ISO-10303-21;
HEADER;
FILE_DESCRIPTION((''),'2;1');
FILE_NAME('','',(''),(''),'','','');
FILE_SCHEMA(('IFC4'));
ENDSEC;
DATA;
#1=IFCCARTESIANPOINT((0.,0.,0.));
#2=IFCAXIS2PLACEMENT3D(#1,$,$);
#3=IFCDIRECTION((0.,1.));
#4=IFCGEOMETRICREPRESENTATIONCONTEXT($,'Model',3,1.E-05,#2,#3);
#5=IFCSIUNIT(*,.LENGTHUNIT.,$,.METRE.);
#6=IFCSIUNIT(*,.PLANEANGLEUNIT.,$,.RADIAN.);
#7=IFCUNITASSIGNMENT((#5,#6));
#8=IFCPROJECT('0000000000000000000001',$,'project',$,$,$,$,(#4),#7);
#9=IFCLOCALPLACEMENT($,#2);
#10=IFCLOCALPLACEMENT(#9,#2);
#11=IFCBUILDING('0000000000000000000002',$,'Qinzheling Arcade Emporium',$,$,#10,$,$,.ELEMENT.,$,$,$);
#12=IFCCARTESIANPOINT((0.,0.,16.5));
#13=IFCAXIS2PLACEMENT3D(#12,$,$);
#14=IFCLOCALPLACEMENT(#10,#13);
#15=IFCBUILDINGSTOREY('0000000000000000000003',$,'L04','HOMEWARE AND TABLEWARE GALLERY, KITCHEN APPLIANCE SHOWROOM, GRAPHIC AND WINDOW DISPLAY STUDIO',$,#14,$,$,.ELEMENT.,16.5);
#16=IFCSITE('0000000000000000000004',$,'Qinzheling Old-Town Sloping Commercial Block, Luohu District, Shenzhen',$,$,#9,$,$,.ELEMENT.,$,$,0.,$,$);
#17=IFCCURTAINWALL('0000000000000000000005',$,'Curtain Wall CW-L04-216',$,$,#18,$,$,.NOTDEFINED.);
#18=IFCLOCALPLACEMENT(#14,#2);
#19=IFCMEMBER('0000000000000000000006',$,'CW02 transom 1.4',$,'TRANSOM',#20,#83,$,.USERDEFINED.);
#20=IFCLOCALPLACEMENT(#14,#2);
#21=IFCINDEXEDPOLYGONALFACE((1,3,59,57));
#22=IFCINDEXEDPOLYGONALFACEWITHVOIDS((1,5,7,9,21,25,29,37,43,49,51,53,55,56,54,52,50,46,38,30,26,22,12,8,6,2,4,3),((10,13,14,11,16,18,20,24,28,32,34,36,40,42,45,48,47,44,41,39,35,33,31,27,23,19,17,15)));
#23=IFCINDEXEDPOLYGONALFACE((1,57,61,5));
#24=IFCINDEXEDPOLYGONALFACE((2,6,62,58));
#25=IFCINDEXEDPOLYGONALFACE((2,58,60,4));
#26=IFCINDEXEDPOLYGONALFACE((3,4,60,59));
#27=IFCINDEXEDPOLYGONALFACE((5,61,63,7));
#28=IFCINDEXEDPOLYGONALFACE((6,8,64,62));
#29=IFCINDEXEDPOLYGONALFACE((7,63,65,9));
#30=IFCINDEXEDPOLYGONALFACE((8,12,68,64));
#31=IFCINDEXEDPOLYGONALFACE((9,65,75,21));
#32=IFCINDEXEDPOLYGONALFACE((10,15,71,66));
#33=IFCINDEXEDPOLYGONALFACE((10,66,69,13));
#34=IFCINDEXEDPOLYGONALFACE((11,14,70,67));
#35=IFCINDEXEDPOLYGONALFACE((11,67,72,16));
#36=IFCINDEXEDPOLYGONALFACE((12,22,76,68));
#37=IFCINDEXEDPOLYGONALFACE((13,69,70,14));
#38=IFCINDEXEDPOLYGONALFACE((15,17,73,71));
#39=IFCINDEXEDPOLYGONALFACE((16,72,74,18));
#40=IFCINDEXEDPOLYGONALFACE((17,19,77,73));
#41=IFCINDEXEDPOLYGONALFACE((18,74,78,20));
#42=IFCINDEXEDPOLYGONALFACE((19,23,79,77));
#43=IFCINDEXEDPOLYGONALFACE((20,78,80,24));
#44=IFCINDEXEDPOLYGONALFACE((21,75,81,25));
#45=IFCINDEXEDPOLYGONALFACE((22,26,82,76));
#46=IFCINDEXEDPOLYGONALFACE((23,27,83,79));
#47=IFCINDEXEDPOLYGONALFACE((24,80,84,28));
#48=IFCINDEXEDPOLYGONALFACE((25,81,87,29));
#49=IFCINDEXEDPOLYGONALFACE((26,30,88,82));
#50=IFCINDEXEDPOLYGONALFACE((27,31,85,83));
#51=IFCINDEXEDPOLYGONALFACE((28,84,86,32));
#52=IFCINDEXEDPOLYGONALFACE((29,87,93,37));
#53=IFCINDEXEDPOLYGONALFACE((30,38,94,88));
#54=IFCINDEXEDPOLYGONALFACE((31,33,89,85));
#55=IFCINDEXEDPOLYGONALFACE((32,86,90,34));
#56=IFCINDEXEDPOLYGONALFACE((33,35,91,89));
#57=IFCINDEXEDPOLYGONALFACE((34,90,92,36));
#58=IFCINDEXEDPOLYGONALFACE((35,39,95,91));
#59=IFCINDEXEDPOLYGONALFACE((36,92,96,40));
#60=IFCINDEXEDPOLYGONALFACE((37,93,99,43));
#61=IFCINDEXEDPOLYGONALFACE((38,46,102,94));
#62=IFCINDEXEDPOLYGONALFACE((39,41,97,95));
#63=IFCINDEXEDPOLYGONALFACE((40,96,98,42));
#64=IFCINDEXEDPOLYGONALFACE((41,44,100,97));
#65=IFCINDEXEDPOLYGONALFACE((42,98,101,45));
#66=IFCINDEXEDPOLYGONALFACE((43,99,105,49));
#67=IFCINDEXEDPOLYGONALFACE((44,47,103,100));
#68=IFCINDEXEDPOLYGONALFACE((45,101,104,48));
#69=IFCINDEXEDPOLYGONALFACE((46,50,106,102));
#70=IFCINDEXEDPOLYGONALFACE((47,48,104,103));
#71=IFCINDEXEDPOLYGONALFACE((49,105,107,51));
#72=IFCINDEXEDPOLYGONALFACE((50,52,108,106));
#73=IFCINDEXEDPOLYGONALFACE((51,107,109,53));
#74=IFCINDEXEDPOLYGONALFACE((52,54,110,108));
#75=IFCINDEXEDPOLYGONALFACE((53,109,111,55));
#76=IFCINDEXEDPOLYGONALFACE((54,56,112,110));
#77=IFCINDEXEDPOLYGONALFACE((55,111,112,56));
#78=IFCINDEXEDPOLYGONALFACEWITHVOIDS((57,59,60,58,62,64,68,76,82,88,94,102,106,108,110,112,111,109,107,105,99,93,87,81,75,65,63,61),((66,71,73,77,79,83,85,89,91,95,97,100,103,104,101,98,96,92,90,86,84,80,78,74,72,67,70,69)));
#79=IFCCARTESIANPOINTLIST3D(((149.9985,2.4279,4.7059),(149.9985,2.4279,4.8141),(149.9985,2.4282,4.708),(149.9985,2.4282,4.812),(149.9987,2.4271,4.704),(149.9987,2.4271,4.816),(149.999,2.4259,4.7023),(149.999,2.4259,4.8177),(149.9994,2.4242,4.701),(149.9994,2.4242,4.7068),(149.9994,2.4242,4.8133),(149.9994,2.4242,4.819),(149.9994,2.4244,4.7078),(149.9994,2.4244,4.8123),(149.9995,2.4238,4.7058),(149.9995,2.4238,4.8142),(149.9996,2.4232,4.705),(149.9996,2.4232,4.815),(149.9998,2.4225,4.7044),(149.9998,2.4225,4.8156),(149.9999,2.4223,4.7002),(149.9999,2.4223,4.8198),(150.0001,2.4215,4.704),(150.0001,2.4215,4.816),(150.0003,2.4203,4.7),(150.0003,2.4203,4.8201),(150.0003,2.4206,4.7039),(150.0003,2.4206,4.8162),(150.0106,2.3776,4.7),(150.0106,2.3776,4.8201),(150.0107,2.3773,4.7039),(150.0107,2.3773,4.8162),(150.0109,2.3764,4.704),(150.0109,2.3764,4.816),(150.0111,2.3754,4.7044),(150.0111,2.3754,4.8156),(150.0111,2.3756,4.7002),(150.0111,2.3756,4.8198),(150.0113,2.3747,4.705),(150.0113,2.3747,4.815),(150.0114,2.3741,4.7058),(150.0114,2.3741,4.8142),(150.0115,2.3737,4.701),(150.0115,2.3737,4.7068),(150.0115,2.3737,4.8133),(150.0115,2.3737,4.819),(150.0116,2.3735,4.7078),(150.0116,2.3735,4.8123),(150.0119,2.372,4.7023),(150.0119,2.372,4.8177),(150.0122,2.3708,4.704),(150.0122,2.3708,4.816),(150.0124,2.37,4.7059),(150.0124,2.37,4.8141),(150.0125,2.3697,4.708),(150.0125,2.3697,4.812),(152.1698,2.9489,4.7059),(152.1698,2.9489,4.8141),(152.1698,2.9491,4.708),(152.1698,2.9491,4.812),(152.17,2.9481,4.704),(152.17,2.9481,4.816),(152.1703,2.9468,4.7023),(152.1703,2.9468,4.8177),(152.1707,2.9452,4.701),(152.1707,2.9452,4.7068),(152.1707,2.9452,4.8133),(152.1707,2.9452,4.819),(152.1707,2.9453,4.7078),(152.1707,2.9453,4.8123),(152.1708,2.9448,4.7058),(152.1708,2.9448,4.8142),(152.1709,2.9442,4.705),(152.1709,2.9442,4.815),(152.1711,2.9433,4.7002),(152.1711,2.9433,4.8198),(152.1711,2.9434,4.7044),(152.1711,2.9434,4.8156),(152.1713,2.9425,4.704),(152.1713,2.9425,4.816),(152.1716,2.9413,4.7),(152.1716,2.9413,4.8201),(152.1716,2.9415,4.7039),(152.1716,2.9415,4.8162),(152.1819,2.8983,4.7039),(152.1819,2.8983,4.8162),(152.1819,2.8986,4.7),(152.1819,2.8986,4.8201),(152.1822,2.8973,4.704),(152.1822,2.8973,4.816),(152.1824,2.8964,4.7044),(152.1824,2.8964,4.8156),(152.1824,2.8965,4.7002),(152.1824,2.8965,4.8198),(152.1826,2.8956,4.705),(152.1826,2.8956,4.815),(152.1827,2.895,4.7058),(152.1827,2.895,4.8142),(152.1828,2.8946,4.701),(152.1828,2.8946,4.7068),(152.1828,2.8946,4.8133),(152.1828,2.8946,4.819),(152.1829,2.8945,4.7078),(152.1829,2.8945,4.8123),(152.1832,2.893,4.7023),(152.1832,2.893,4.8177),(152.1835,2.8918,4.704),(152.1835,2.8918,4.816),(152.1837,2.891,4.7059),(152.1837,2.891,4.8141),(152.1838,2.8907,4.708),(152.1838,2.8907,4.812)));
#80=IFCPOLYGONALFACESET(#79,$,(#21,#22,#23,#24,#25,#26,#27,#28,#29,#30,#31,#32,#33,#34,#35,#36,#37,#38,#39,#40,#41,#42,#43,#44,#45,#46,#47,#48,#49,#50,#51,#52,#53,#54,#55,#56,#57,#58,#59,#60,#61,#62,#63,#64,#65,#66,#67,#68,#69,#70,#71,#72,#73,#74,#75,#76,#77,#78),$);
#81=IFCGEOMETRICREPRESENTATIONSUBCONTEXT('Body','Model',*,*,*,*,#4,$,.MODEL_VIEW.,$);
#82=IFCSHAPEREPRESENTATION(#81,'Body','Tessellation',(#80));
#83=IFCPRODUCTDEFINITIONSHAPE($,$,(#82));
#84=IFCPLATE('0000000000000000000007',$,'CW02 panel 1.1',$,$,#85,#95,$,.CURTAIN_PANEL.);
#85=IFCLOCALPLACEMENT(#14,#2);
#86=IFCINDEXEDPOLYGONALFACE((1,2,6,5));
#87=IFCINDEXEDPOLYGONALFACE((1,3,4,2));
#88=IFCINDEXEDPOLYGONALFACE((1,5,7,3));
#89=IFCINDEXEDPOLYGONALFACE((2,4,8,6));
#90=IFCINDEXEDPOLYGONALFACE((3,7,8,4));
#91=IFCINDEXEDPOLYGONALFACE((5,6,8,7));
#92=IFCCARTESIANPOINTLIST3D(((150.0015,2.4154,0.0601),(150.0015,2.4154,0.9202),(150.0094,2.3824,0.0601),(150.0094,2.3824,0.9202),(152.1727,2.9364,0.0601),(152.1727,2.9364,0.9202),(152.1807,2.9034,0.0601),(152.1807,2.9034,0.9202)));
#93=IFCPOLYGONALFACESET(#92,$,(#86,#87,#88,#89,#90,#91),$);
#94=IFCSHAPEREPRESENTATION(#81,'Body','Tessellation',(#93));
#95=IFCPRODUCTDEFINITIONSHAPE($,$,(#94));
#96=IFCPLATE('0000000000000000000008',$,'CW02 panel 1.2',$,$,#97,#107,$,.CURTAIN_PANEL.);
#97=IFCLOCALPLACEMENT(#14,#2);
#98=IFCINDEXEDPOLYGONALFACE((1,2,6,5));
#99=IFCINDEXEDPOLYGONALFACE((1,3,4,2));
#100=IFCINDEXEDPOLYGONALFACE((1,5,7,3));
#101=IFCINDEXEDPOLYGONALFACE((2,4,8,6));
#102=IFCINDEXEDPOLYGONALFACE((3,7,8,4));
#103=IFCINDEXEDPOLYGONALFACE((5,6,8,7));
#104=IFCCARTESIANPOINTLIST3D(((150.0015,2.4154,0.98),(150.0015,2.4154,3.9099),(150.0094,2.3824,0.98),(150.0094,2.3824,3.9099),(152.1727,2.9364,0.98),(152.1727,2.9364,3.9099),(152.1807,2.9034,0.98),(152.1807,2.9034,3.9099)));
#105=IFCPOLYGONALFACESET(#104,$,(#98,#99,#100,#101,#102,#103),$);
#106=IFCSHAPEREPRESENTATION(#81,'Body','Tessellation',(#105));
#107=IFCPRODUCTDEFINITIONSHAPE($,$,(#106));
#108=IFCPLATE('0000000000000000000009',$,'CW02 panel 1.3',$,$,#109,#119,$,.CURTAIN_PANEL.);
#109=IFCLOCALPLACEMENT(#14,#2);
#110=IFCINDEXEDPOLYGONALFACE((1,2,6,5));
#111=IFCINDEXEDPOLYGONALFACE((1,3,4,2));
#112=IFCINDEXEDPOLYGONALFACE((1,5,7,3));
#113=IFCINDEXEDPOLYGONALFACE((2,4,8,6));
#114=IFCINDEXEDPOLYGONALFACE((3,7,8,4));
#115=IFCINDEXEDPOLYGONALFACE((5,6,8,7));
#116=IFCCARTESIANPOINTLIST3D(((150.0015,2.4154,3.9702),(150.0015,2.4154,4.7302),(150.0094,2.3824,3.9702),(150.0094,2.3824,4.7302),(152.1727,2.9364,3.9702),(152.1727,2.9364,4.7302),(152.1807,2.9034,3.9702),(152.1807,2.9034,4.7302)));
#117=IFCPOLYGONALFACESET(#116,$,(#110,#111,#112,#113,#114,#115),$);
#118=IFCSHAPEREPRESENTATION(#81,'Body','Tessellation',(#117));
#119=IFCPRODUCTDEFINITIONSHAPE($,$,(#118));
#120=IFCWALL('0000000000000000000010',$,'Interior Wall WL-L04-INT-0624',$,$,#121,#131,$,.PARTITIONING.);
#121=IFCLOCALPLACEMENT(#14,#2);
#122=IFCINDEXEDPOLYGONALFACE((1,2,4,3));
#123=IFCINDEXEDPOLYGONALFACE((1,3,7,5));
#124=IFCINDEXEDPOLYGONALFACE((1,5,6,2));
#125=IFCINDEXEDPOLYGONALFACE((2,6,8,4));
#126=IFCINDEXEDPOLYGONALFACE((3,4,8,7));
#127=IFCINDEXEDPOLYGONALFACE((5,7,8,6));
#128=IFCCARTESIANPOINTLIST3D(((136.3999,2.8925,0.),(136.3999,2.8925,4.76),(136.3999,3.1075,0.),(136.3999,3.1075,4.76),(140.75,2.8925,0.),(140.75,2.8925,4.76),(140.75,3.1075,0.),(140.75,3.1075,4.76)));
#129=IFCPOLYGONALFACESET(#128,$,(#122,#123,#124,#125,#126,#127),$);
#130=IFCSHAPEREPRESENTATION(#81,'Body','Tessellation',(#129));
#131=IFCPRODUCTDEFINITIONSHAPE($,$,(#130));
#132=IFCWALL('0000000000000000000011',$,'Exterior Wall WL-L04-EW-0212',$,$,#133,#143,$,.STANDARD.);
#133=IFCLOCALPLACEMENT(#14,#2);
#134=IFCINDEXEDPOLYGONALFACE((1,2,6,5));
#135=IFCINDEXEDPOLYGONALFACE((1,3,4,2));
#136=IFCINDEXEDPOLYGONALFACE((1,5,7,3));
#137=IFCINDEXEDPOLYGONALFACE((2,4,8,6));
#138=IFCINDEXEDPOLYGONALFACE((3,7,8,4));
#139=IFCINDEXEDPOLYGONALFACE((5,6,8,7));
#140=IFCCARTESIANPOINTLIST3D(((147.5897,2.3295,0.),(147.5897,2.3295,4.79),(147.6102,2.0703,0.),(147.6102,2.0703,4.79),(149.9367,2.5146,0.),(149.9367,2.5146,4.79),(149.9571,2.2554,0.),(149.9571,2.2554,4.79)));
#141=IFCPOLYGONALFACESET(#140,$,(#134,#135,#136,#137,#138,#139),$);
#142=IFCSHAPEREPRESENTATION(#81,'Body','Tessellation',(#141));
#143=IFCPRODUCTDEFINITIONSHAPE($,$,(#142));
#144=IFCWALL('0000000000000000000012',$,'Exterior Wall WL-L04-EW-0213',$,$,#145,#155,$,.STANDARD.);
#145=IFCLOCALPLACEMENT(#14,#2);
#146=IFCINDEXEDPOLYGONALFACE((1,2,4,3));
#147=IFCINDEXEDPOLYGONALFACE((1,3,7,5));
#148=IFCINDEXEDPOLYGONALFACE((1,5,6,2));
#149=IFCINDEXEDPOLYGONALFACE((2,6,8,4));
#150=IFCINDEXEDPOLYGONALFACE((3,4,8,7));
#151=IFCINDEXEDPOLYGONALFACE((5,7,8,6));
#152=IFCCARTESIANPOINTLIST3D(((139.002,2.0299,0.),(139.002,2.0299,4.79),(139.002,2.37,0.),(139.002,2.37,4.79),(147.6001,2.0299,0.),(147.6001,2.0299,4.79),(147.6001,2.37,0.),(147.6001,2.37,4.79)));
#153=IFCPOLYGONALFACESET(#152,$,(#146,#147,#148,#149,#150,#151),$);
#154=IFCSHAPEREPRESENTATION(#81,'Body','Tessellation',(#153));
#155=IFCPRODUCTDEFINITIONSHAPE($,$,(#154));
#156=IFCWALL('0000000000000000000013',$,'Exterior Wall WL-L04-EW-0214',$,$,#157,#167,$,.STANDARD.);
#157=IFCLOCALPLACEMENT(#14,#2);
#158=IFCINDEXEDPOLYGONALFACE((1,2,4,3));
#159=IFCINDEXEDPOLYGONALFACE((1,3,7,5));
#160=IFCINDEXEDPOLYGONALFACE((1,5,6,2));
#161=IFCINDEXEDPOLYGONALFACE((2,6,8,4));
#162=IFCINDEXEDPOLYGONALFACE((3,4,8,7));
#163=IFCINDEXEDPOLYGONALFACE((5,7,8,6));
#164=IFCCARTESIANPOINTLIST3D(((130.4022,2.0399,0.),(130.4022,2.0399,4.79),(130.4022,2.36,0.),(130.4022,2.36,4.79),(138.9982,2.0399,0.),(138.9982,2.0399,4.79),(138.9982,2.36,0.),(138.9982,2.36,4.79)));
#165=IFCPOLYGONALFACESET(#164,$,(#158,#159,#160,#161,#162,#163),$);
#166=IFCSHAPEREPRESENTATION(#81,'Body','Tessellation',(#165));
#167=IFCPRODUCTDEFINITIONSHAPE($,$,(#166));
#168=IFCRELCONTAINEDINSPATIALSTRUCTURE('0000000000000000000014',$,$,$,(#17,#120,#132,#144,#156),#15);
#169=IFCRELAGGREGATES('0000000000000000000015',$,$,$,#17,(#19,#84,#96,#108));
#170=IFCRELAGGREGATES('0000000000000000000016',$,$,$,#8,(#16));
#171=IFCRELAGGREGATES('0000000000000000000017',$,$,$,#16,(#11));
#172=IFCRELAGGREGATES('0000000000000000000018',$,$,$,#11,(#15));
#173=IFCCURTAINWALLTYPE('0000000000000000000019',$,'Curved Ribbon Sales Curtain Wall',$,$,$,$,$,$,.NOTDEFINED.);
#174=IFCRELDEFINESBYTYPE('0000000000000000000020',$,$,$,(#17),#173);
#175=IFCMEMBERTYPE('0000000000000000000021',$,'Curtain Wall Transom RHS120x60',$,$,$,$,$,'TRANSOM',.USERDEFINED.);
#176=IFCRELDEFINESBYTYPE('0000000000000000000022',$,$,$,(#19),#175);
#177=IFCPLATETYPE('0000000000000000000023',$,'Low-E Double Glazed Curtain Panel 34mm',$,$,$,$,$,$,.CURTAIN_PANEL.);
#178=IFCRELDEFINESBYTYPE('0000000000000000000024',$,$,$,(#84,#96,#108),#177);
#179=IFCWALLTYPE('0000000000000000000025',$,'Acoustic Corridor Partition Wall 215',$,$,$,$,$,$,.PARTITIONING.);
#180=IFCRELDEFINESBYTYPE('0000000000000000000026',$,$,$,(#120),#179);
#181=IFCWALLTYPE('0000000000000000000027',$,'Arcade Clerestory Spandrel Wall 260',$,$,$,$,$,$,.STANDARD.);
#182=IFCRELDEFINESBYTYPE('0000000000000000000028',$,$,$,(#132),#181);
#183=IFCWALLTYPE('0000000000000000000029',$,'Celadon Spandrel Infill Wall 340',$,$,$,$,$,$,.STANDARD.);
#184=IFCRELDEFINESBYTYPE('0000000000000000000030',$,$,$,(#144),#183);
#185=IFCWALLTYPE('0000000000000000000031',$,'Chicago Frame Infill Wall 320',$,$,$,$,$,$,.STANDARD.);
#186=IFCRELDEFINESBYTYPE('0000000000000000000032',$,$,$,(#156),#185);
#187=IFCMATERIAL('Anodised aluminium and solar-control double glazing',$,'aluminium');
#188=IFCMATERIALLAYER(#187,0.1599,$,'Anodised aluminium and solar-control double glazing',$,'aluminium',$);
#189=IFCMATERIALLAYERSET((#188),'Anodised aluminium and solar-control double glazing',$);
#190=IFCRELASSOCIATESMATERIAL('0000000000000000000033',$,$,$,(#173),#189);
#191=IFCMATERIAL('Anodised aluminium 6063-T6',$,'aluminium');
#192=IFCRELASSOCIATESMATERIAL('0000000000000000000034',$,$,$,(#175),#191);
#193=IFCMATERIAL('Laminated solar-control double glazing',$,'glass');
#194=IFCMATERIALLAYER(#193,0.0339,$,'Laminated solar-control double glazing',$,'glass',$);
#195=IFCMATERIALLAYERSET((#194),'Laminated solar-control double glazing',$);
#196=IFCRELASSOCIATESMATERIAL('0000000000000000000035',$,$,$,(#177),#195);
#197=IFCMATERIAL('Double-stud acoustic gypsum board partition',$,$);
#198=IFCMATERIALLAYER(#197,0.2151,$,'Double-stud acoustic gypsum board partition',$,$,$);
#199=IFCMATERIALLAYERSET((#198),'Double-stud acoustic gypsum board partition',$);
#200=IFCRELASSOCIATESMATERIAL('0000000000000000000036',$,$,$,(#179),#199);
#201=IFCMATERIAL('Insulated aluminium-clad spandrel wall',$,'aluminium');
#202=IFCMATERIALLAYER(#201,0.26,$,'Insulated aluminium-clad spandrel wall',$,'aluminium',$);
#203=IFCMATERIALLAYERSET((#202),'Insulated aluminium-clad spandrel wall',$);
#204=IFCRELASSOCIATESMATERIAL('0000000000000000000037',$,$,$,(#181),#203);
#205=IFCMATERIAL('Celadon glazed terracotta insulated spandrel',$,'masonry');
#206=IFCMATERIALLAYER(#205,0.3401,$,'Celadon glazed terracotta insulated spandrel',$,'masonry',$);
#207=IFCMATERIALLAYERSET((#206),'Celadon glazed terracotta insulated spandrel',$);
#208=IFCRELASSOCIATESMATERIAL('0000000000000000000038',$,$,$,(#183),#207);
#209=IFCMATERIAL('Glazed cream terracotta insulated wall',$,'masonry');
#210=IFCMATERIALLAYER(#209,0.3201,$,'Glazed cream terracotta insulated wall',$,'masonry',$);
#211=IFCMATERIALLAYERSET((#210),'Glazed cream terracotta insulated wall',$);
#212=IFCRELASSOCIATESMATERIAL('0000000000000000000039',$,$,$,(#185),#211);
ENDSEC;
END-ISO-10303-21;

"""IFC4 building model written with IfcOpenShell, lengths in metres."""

from ifc_helpers import new_model, si_unit, direction, frame, frame_2d, origin, origin_2d, place, context, subcontext, project, spatial, rectangle, hollow_rectangle, extrude, material, layer, layer_set, material_profile, profile_set, type_object, element, aggregate, save


model = new_model("IFC4")

# Units and contexts
model_context = context("Model", 3, precision=1e-05, world=origin(), true_north=direction((0.0, 1.0)))
body_context = subcontext(model_context, "Body", "Model", "MODEL_VIEW")
ifc_project = project(units=[si_unit("LENGTHUNIT", "METRE"), si_unit("PLANEANGLEUNIT", "RADIAN")], contexts=[model_context])

# Site, building, storey
site_placement = place(None, origin())
site = spatial("IfcSite", under=ifc_project, at=site_placement, Name="Qinzheling Old-Town Sloping Commercial Block, Luohu District, Shenzhen", CompositionType="ELEMENT", RefElevation=0.0)
building_placement = place(site_placement, origin())
building = spatial("IfcBuilding", under=site, at=building_placement, Name="Qinzheling Arcade Emporium", CompositionType="ELEMENT")
storey_placement = place(building_placement, frame((0.0, 0.0, 16.5)))
storey = spatial("IfcBuildingStorey", under=building, at=storey_placement, Name="L04", Description="HOMEWARE AND TABLEWARE GALLERY, KITCHEN APPLIANCE SHOWROOM, GRAPHIC AND WINDOW DISPLAY STUDIO", CompositionType="ELEMENT", Elevation=16.5)

# Shared definitions
ifc_material_1 = material(Name="Anodised aluminium and solar-control double glazing", Category="aluminium")
ifc_layer_1 = layer(ifc_material_1, 0.1599, Name="Anodised aluminium and solar-control double glazing", Category="aluminium")
ifc_layer_set_1 = layer_set([ifc_layer_1], Name="Anodised aluminium and solar-control double glazing")
curtain_wall_type = type_object("IfcCurtainWallType", Name="Curved Ribbon Sales Curtain Wall", PredefinedType="NOTDEFINED", material=ifc_layer_set_1)
ifc_material_2 = material(Name="Anodised aluminium 6063-T6", Category="aluminium")

# Curtain wall, member, plates
curtain_wall_1_placement = place(storey_placement, origin())
curtain_wall_1 = element("IfcCurtainWall", 1, at=curtain_wall_1_placement, inside=storey, type_object=curtain_wall_type, Name="Curtain Wall CW-L04-216", PredefinedType="NOTDEFINED")
ifc_material_profile_1 = material_profile(ifc_material_2, hollow_rectangle(XDim=0.0601, YDim=0.1201, WallThickness=0.0039, InnerFilletRadius=0.0039, OuterFilletRadius=0.0081, at=origin_2d()), Name="RHS 120x60x4", Category="aluminium")
ifc_profile_set_1 = profile_set([ifc_material_profile_1], Name="Anodised aluminium 6063-T6")
member_type_1 = type_object("IfcMemberType", Name="Curtain Wall Transom RHS120x60", ElementType="TRANSOM", PredefinedType="USERDEFINED", material=ifc_profile_set_1)
member_1_placement = place(storey_placement, frame((152.1768, 2.9199, 4.76), z_axis=(-0.972401, -0.233315, 0.0), x_axis=(0.233315, -0.972401, 0.0)))
member_1 = element("IfcMember", 2, at=member_1_placement, type_object=member_type_1, Name="CW02 transom 1.4", ObjectType="TRANSOM", PredefinedType="USERDEFINED", context=body_context, shape_type="SweptSolid", body=[
    extrude(hollow_rectangle(XDim=0.0601, YDim=0.1201, WallThickness=0.0039, InnerFilletRadius=0.0039, OuterFilletRadius=0.0081, at=origin_2d()), origin(), (0.0, 0.0, 1.0), 2.2329),
])
ifc_material_3 = material(Name="Laminated solar-control double glazing", Category="glass")
ifc_layer_2 = layer(ifc_material_3, 0.0339, Name="Laminated solar-control double glazing", Category="glass")
ifc_layer_set_2 = layer_set([ifc_layer_2], Name="Laminated solar-control double glazing")
plate_type = type_object("IfcPlateType", Name="Low-E Double Glazed Curtain Panel 34mm", PredefinedType="CURTAIN_PANEL", material=ifc_layer_set_2)
plate_1_placement = place(storey_placement, frame((151.0911, 2.6594, 0.0601), z_axis=(0.0, 0.0, 1.0), x_axis=(-0.972399, -0.233325, 0.0)))
plate_1 = element("IfcPlate", 3, at=plate_1_placement, type_object=plate_type, Name="CW02 panel 1.1", PredefinedType="CURTAIN_PANEL", context=body_context, shape_type="SweptSolid", body=[
    extrude(rectangle(XDim=2.2329, YDim=0.0339, at=origin_2d()), origin(), (0.0, 0.0, 1.0), 0.8601),
])
plate_2_placement = place(storey_placement, frame((151.0911, 2.6594, 0.98), z_axis=(0.0, 0.0, 1.0), x_axis=(-0.972399, -0.233325, 0.0)))
plate_2 = element("IfcPlate", 4, at=plate_2_placement, type_object=plate_type, Name="CW02 panel 1.2", PredefinedType="CURTAIN_PANEL", context=body_context, shape_type="SweptSolid", body=[
    extrude(rectangle(XDim=2.2329, YDim=0.0339, at=origin_2d()), origin(), (0.0, 0.0, 1.0), 2.9299),
])
plate_3_placement = place(storey_placement, frame((151.0911, 2.6594, 3.9702), z_axis=(0.0, 0.0, 1.0), x_axis=(-0.972399, -0.233325, 0.0)))
plate_3 = element("IfcPlate", 5, at=plate_3_placement, type_object=plate_type, Name="CW02 panel 1.3", PredefinedType="CURTAIN_PANEL", context=body_context, shape_type="SweptSolid", body=[
    extrude(rectangle(XDim=2.2329, YDim=0.0339, at=origin_2d()), origin(), (0.0, 0.0, 1.0), 0.76),
])
aggregate(curtain_wall_1, [member_1, plate_1, plate_2, plate_3])

# Walls
ifc_material_4 = material(Name="Double-stud acoustic gypsum board partition")
ifc_layer_3 = layer(ifc_material_4, 0.2151, Name="Double-stud acoustic gypsum board partition")
ifc_layer_set_3 = layer_set([ifc_layer_3], Name="Double-stud acoustic gypsum board partition")
wall_type_1 = type_object("IfcWallType", Name="Acoustic Corridor Partition Wall 215", PredefinedType="PARTITIONING", material=ifc_layer_set_3)
wall_1_placement = place(storey_placement, frame((140.75, 3.0, 0.0), z_axis=(0.0, 0.0, 1.0), x_axis=(-1.0, 0.0, 0.0)))
element("IfcWall", 6, at=wall_1_placement, inside=storey, type_object=wall_type_1, Name="Interior Wall WL-L04-INT-0624", PredefinedType="PARTITIONING", context=body_context, shape_type="SweptSolid", body=[
    extrude(rectangle(XDim=4.3501, YDim=0.2151, at=frame_2d((2.175, 0.0))), origin(), (0.0, 0.0, 1.0), 4.76),
])
ifc_material_5 = material(Name="Insulated aluminium-clad spandrel wall", Category="aluminium")
ifc_layer_4 = layer(ifc_material_5, 0.26, Name="Insulated aluminium-clad spandrel wall", Category="aluminium")
ifc_layer_set_4 = layer_set([ifc_layer_4], Name="Insulated aluminium-clad spandrel wall")
wall_type_2 = type_object("IfcWallType", Name="Arcade Clerestory Spandrel Wall 260", PredefinedType="STANDARD", material=ifc_layer_set_4)
wall_2_placement = place(storey_placement, frame((149.947, 2.385, 0.0), z_axis=(0.0, 0.0, 1.0), x_axis=(-0.996906, -0.078608, 0.0)))
element("IfcWall", 7, at=wall_2_placement, inside=storey, type_object=wall_type_2, Name="Exterior Wall WL-L04-EW-0212", PredefinedType="STANDARD", context=body_context, shape_type="SweptSolid", body=[
    extrude(rectangle(XDim=2.3542, YDim=0.26, at=frame_2d((1.1772, 0.0))), origin(), (0.0, 0.0, 1.0), 4.79),
])
ifc_material_6 = material(Name="Celadon glazed terracotta insulated spandrel", Category="masonry")
ifc_layer_5 = layer(ifc_material_6, 0.3401, Name="Celadon glazed terracotta insulated spandrel", Category="masonry")
ifc_layer_set_5 = layer_set([ifc_layer_5], Name="Celadon glazed terracotta insulated spandrel")
wall_type_3 = type_object("IfcWallType", Name="Celadon Spandrel Infill Wall 340", PredefinedType="STANDARD", material=ifc_layer_set_5)
wall_3_placement = place(storey_placement, frame((147.6001, 2.2, 0.0), z_axis=(0.0, 0.0, 1.0), x_axis=(-1.0, 0.0, 0.0)))
element("IfcWall", 8, at=wall_3_placement, inside=storey, type_object=wall_type_3, Name="Exterior Wall WL-L04-EW-0213", PredefinedType="STANDARD", context=body_context, shape_type="SweptSolid", body=[
    extrude(rectangle(XDim=8.5981, YDim=0.3401, at=frame_2d((4.2991, 0.0))), origin(), (0.0, 0.0, 1.0), 4.79),
])
ifc_material_7 = material(Name="Glazed cream terracotta insulated wall", Category="masonry")
ifc_layer_6 = layer(ifc_material_7, 0.3201, Name="Glazed cream terracotta insulated wall", Category="masonry")
ifc_layer_set_6 = layer_set([ifc_layer_6], Name="Glazed cream terracotta insulated wall")
wall_type_4 = type_object("IfcWallType", Name="Chicago Frame Infill Wall 320", PredefinedType="STANDARD", material=ifc_layer_set_6)
wall_4_placement = place(storey_placement, frame((138.998, 2.2, 0.0), z_axis=(0.0, 0.0, 1.0), x_axis=(-1.0, 0.0, 0.0)))
element("IfcWall", 9, at=wall_4_placement, inside=storey, type_object=wall_type_4, Name="Exterior Wall WL-L04-EW-0214", PredefinedType="STANDARD", context=body_context, shape_type="SweptSolid", body=[
    extrude(rectangle(XDim=8.5959, YDim=0.3201, at=frame_2d((4.2979, 0.0))), origin(), (0.0, 0.0, 1.0), 4.79),
])

save(model, "model.ifc")
